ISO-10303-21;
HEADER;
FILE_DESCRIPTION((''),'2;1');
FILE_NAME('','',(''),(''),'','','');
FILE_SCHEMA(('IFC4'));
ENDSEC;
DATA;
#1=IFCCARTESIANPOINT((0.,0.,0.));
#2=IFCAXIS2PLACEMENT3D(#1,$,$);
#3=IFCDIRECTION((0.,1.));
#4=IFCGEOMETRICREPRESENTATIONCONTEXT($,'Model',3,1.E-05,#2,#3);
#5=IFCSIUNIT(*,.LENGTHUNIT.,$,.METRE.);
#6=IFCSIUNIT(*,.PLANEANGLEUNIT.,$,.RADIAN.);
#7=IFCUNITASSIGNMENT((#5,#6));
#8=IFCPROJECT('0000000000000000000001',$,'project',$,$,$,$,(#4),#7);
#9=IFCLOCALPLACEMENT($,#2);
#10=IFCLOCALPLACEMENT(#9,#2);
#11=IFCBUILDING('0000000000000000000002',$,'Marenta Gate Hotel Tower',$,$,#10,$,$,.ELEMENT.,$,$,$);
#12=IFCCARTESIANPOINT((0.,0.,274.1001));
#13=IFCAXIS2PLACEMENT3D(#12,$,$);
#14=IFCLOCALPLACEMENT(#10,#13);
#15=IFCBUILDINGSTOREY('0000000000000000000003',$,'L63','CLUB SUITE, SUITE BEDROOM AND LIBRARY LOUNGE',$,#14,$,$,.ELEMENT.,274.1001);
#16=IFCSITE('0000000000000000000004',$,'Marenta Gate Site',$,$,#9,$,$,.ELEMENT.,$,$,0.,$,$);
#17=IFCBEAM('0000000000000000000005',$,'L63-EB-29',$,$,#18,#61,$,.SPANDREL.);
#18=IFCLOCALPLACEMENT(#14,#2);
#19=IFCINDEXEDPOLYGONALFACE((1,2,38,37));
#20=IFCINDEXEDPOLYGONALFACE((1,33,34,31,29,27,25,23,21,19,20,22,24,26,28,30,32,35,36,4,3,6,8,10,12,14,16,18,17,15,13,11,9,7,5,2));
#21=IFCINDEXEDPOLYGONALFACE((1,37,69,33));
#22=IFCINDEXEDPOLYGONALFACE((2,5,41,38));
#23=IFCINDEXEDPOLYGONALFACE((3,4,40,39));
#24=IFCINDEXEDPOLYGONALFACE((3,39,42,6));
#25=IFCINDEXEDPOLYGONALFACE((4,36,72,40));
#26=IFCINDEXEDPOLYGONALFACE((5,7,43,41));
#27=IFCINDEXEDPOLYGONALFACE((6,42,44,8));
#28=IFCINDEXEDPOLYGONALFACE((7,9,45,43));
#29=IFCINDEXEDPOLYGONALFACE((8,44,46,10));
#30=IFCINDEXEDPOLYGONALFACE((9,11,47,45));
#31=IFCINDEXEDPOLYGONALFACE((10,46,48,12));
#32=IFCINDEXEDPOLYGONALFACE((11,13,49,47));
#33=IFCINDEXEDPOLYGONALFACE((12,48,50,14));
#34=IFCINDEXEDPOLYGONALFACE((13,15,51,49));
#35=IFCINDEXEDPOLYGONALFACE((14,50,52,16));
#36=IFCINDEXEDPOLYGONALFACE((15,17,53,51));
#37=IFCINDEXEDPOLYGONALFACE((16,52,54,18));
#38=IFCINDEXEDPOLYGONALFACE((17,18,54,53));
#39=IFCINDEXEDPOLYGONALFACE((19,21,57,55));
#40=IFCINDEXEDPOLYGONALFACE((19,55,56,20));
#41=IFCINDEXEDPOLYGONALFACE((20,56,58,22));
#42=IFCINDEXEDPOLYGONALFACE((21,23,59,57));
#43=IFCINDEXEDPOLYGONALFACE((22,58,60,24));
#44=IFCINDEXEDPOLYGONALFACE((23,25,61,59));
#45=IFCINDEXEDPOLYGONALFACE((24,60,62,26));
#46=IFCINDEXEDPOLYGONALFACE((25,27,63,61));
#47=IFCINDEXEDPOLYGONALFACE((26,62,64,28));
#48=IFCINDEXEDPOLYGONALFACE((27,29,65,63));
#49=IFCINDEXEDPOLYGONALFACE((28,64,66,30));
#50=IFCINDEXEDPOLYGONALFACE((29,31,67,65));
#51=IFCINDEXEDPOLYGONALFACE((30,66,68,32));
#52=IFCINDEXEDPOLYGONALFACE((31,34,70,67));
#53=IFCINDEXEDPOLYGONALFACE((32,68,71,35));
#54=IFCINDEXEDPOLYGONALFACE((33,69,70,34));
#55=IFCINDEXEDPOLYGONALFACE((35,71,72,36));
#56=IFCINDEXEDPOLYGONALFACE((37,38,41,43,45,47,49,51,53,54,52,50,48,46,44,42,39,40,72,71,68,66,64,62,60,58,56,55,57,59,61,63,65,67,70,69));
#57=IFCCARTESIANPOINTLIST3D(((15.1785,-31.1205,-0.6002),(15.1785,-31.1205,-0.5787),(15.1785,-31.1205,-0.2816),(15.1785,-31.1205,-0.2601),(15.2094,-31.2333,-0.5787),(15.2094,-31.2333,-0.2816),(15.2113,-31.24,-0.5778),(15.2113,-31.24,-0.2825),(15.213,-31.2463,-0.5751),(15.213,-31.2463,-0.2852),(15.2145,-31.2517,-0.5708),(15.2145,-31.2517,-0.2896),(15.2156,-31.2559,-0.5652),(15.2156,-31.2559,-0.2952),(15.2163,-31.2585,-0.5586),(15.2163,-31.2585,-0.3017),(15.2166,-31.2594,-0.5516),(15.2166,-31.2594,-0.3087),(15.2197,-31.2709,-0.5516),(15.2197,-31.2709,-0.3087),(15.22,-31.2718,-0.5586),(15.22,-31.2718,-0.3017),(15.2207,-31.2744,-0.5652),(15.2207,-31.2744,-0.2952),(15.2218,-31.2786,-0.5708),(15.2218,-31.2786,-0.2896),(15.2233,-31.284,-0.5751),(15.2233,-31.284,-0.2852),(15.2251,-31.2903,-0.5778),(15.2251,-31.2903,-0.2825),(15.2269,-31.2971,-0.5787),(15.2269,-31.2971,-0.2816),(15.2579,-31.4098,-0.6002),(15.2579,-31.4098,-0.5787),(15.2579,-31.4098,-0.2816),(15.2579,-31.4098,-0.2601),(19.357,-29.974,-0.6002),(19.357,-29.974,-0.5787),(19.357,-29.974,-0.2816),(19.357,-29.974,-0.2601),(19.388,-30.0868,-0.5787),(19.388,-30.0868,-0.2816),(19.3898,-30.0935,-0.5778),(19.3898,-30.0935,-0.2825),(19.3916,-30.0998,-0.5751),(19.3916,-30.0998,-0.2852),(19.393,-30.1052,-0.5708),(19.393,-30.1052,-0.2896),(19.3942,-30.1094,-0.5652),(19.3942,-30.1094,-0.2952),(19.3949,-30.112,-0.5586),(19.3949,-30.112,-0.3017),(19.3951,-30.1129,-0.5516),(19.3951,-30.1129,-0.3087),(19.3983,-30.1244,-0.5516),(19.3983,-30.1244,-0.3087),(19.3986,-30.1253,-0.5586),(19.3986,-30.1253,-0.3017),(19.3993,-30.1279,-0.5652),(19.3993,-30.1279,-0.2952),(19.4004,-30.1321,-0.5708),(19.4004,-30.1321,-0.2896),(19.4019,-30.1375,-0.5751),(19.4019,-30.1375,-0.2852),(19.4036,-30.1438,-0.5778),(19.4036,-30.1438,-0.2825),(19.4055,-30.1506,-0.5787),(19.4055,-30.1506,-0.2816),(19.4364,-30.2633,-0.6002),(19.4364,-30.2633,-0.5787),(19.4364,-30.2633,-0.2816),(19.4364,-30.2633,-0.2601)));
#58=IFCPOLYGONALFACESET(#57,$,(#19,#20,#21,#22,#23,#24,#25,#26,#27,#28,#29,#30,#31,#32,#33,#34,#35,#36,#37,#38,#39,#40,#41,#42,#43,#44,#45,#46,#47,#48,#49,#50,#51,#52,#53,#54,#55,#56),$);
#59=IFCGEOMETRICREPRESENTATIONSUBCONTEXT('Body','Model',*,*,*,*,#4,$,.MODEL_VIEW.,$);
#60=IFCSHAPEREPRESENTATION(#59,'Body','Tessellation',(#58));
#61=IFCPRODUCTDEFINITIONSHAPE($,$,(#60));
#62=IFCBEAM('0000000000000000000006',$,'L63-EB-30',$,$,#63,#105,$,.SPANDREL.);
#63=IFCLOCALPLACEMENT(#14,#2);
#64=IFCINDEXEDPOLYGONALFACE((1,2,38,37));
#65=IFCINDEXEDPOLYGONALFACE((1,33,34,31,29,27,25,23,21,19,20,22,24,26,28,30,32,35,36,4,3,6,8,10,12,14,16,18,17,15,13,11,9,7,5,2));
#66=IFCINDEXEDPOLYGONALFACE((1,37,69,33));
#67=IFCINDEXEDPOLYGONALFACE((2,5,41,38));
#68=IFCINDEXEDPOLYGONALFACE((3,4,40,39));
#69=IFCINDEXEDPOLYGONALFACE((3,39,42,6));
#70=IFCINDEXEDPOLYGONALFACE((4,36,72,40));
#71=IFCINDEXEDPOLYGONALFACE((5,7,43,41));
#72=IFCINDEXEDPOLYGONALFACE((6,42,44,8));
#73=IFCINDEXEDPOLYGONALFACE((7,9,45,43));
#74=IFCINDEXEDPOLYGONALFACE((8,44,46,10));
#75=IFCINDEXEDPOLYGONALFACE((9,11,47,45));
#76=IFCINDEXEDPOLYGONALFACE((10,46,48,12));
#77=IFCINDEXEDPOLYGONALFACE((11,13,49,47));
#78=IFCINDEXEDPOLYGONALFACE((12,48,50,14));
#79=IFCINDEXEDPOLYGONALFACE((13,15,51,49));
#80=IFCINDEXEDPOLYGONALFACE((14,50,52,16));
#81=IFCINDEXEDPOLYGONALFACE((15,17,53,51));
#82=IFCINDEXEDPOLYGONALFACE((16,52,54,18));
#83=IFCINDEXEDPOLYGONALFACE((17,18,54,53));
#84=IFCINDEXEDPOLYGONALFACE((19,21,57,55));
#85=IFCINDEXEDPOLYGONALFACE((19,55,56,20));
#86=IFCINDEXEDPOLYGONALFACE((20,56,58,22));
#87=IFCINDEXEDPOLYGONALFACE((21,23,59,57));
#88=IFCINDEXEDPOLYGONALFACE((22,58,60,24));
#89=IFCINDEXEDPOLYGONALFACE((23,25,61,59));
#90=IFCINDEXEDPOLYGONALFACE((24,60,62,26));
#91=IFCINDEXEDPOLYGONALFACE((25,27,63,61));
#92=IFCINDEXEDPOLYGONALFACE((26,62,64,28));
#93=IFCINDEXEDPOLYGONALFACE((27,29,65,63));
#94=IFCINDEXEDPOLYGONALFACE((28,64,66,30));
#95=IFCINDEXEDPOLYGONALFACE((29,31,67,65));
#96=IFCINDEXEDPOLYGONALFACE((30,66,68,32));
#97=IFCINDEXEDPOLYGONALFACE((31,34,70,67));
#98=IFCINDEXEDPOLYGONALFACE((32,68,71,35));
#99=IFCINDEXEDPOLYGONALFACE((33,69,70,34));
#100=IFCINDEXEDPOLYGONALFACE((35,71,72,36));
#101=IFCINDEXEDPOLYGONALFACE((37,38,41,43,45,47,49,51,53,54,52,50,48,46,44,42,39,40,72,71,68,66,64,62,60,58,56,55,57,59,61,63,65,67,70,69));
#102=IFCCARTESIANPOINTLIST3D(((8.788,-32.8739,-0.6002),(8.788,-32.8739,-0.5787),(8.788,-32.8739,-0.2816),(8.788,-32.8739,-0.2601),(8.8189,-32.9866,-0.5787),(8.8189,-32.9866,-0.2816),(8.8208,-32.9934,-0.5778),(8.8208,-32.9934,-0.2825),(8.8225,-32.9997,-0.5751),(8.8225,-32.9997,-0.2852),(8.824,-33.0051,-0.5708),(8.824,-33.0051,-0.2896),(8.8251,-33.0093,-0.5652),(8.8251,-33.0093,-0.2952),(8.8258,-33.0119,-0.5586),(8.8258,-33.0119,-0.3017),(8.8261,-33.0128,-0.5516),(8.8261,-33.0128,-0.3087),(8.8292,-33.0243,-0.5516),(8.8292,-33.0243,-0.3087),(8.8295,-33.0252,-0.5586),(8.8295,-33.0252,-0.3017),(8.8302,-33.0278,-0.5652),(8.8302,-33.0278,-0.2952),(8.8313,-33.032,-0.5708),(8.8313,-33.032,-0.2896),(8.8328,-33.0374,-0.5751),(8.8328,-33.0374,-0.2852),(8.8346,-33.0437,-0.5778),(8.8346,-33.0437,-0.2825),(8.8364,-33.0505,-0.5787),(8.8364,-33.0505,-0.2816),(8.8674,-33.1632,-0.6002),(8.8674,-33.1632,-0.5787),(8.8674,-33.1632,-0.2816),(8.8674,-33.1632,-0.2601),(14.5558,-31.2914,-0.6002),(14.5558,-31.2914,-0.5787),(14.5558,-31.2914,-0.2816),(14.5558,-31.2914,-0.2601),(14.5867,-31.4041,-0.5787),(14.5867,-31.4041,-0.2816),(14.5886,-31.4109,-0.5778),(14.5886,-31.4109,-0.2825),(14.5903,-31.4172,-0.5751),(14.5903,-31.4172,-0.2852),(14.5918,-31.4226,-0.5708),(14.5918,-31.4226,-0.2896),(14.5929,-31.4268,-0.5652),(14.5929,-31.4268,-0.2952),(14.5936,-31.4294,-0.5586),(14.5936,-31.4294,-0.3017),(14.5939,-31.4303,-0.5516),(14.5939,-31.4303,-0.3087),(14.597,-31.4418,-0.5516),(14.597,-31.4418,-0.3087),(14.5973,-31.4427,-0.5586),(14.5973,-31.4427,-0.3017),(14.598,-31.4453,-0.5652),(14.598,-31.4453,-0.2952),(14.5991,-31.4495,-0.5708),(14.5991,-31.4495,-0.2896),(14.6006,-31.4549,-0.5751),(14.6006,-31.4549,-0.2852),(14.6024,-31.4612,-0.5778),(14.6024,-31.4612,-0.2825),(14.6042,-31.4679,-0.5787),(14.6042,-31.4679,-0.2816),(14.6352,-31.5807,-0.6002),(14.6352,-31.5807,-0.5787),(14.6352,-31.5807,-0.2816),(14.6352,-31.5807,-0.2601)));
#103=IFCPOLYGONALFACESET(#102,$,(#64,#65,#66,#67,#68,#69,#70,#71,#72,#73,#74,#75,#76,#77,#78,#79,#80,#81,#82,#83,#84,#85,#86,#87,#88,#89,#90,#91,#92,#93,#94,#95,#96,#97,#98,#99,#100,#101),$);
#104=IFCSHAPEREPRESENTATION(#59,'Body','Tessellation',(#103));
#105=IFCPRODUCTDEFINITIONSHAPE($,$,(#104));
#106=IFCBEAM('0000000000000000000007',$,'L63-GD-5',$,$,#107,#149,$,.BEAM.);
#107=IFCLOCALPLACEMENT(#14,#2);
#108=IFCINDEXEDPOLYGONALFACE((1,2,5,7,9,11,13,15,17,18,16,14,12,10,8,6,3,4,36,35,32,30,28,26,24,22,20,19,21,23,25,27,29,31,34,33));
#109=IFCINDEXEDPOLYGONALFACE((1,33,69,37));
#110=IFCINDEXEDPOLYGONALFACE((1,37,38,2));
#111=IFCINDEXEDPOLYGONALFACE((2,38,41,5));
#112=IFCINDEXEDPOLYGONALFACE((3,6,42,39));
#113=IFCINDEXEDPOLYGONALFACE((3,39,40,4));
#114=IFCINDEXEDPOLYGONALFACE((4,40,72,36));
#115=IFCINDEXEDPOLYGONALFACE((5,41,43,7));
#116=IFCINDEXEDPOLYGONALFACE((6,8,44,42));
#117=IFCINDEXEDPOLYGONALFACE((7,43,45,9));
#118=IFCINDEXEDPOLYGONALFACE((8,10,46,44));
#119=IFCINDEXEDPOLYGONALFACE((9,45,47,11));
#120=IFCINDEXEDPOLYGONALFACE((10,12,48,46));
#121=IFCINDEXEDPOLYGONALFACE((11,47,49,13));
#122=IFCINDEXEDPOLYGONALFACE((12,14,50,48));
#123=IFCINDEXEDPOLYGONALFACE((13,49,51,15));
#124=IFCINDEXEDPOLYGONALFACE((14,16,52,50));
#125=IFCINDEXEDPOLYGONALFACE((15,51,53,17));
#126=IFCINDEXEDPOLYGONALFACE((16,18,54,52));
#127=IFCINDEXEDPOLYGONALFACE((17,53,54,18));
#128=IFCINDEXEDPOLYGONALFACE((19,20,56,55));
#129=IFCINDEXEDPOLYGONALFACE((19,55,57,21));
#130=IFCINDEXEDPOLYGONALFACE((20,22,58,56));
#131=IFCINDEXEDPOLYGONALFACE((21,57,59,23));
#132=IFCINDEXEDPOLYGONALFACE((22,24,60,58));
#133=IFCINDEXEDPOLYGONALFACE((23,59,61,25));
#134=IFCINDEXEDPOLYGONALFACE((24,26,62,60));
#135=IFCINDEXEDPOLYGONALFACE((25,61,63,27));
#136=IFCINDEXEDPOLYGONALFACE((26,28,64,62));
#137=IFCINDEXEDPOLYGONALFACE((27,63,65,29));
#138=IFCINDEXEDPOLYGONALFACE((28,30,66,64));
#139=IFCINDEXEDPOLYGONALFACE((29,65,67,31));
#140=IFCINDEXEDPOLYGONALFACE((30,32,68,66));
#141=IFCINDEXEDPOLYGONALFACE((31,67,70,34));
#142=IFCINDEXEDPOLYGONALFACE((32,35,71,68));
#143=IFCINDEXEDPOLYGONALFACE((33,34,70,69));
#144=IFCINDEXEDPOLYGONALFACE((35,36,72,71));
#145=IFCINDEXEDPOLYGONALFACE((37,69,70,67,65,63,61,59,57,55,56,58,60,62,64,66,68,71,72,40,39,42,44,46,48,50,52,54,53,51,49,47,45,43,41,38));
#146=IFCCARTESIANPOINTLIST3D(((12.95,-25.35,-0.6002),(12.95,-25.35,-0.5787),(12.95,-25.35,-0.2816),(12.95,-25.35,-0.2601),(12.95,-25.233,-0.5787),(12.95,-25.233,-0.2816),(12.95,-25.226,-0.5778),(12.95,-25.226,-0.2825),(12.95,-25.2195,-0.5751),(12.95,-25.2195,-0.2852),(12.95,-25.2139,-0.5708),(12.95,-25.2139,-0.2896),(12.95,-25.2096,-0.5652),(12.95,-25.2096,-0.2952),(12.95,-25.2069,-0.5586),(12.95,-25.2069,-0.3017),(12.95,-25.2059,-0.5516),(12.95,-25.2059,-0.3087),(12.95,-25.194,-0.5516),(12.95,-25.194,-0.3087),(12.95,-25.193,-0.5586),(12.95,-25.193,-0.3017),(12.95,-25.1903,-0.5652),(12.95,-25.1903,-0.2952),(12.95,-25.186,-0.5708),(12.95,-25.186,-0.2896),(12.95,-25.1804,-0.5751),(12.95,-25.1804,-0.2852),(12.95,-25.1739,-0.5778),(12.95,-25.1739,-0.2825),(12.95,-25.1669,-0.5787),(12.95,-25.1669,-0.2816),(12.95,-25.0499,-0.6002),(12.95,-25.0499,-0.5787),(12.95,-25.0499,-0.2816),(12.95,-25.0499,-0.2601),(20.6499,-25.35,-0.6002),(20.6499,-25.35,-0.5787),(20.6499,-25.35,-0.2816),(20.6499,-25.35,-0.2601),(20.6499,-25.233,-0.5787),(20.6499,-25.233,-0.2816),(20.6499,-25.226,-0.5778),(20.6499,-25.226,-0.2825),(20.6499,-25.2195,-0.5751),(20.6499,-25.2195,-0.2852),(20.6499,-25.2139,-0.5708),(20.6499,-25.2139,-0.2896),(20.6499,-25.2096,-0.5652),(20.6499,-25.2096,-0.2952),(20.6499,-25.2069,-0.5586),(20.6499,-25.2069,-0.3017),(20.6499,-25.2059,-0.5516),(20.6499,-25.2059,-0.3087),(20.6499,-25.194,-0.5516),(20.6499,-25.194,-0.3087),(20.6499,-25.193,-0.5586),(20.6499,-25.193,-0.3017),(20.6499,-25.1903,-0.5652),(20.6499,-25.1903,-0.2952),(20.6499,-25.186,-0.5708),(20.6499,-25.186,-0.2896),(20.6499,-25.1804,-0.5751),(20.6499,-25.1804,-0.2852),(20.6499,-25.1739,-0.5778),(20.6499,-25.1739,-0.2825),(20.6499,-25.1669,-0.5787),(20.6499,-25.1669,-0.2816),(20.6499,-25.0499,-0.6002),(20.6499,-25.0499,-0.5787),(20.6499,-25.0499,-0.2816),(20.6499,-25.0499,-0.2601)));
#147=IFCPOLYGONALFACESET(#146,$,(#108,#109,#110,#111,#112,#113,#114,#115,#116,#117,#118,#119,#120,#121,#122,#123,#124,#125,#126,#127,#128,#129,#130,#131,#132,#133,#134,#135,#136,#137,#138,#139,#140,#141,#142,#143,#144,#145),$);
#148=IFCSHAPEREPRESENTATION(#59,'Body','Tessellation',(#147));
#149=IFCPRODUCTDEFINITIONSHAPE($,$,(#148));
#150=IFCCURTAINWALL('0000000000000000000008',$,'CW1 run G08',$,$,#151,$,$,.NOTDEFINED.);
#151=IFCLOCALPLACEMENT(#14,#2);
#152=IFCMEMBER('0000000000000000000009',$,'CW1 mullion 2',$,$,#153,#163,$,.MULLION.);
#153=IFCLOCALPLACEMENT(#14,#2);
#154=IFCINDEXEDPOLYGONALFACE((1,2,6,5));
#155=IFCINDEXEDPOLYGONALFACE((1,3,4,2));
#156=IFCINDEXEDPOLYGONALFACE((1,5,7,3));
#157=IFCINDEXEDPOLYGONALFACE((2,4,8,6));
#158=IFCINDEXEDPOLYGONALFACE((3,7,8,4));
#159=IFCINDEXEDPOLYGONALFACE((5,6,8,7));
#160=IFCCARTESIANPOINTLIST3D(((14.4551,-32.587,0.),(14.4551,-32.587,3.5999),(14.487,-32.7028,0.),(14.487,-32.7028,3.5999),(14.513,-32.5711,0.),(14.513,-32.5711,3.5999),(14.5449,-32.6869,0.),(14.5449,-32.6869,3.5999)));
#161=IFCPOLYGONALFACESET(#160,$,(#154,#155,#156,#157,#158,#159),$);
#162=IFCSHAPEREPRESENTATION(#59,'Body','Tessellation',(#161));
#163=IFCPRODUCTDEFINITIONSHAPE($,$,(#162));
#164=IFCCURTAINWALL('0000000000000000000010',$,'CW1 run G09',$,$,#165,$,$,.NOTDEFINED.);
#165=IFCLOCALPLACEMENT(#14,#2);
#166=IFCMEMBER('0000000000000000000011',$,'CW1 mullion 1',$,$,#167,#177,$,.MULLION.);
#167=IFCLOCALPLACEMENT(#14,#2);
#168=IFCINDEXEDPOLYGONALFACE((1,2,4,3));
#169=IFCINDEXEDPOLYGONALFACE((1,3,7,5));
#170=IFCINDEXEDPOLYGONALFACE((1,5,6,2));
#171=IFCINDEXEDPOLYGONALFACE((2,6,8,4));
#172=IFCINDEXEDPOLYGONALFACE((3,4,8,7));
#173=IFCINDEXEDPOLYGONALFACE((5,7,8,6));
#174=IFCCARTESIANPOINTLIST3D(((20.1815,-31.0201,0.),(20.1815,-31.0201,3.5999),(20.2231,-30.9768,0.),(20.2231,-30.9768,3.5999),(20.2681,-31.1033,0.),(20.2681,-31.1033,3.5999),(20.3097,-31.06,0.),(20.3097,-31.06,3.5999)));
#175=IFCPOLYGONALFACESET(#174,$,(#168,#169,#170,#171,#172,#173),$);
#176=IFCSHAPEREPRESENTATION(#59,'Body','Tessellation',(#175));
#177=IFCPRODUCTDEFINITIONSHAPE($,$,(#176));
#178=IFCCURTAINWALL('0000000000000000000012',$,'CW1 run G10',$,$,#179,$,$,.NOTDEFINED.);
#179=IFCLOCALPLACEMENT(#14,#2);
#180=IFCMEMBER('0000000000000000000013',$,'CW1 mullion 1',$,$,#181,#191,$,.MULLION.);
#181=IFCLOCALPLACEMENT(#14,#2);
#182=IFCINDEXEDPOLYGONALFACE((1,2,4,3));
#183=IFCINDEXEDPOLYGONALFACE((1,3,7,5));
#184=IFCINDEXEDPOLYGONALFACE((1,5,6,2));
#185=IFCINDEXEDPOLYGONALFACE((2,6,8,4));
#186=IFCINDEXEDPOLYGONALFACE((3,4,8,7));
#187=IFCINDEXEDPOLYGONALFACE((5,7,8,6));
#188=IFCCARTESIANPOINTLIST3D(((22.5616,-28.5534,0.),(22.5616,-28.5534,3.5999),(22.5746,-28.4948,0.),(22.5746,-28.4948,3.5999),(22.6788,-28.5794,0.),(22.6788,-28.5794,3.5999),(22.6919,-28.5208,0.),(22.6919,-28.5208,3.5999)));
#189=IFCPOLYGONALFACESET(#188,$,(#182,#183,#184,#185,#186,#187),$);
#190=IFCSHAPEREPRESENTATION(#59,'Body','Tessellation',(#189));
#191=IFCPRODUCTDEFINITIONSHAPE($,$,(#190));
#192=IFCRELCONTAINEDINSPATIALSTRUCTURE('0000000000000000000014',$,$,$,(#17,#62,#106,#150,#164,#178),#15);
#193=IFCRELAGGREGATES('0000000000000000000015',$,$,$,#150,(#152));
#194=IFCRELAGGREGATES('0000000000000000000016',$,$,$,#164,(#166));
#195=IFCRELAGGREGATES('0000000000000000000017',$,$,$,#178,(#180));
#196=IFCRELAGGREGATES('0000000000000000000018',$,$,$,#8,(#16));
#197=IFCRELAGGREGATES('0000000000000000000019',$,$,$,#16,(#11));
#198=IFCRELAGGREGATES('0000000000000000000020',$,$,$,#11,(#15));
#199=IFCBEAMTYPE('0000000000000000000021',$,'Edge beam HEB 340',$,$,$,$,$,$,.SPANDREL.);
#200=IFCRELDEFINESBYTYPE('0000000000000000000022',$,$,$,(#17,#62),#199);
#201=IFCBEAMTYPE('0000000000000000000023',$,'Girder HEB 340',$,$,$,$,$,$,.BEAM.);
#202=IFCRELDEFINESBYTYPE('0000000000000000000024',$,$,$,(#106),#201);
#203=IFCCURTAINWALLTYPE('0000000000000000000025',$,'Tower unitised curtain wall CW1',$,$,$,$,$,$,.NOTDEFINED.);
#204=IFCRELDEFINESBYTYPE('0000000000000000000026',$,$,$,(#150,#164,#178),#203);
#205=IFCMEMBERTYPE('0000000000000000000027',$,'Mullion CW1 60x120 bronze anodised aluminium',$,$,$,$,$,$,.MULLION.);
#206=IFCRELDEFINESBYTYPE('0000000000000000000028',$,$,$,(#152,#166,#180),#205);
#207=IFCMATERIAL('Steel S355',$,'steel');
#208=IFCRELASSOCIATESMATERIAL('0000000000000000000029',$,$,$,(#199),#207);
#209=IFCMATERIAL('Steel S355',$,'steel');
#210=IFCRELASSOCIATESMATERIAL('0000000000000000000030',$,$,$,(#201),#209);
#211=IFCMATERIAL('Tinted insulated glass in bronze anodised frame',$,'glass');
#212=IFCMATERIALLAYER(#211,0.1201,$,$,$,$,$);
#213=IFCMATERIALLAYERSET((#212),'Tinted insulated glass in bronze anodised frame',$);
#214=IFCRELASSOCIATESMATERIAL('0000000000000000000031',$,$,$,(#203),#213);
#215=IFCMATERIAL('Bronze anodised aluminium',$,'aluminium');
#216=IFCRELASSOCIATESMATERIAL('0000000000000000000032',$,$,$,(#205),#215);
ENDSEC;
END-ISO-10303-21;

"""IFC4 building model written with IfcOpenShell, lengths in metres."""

from ifc_helpers import new_model, si_unit, direction, frame, origin, origin_2d, place, context, subcontext, project, spatial, rectangle, i_section, extrude, material, layer, layer_set, material_profile, profile_set, type_object, element, aggregate, save


model = new_model("IFC4")

# Units and contexts
model_context = context("Model", 3, precision=1e-05, world=origin(), true_north=direction((0.0, 1.0)))
body_context = subcontext(model_context, "Body", "Model", "MODEL_VIEW")
ifc_project = project(units=[si_unit("LENGTHUNIT", "METRE"), si_unit("PLANEANGLEUNIT", "RADIAN")], contexts=[model_context])

# Site, building, storey
site_placement = place(None, origin())
site = spatial("IfcSite", under=ifc_project, at=site_placement, Name="Marenta Gate Site", CompositionType="ELEMENT", RefElevation=0.0)
building_placement = place(site_placement, origin())
building = spatial("IfcBuilding", under=site, at=building_placement, Name="Marenta Gate Hotel Tower", CompositionType="ELEMENT")
storey_placement = place(building_placement, frame((0.0, 0.0, 274.1001)))
storey = spatial("IfcBuildingStorey", under=building, at=storey_placement, Name="L63", Description="CLUB SUITE, SUITE BEDROOM AND LIBRARY LOUNGE", CompositionType="ELEMENT", Elevation=274.1001)

# Beams
ifc_material_1 = material(Name="Steel S355", Category="steel")
ifc_material_profile_1 = material_profile(ifc_material_1, i_section(OverallWidth=0.3, OverallDepth=0.3401, WebThickness=0.012, FlangeThickness=0.0215, FilletRadius=0.0271, at=origin_2d()), Name="HEB 340")
ifc_profile_set_1 = profile_set([ifc_material_profile_1], Name="Steel S355")
beam_type_1 = type_object("IfcBeamType", Name="Edge beam HEB 340", PredefinedType="SPANDREL", material=ifc_profile_set_1)
beam_1_placement = place(storey_placement, frame((19.3967, -30.1187, -0.4302), z_axis=(-0.964358, -0.2646, 0.0), x_axis=(0.2646, -0.964358, 0.0)))
element("IfcBeam", 1, at=beam_1_placement, inside=storey, type_object=beam_type_1, Name="L63-EB-29", PredefinedType="SPANDREL", context=body_context, shape_type="SweptSolid", body=[
    extrude(i_section(OverallWidth=0.3, OverallDepth=0.3401, WebThickness=0.012, FlangeThickness=0.0215, FilletRadius=0.0271, at=origin_2d()), origin(), (0.0, 0.0, 1.0), 4.333),
])
beam_2_placement = place(storey_placement, frame((14.5955, -31.436, -0.4302), z_axis=(-0.96436, -0.264592, 0.0), x_axis=(0.264592, -0.96436, 0.0)))
element("IfcBeam", 2, at=beam_2_placement, inside=storey, type_object=beam_type_1, Name="L63-EB-30", PredefinedType="SPANDREL", context=body_context, shape_type="SweptSolid", body=[
    extrude(i_section(OverallWidth=0.3, OverallDepth=0.3401, WebThickness=0.012, FlangeThickness=0.0215, FilletRadius=0.0271, at=origin_2d()), origin(), (0.0, 0.0, 1.0), 5.981),
])
ifc_material_2 = material(Name="Steel S355", Category="steel")
ifc_material_profile_2 = material_profile(ifc_material_2, i_section(OverallWidth=0.3, OverallDepth=0.3401, WebThickness=0.012, FlangeThickness=0.0215, FilletRadius=0.0271, at=origin_2d()), Name="HEB 340")
ifc_profile_set_2 = profile_set([ifc_material_profile_2], Name="Steel S355")
beam_type_2 = type_object("IfcBeamType", Name="Girder HEB 340", PredefinedType="BEAM", material=ifc_profile_set_2)
beam_3_placement = place(storey_placement, frame((12.95, -25.2, -0.4302), z_axis=(1.0, 0.0, 0.0), x_axis=(0.0, 1.0, 0.0)))
element("IfcBeam", 3, at=beam_3_placement, inside=storey, type_object=beam_type_2, Name="L63-GD-5", PredefinedType="BEAM", context=body_context, shape_type="SweptSolid", body=[
    extrude(i_section(OverallWidth=0.3, OverallDepth=0.3401, WebThickness=0.012, FlangeThickness=0.0215, FilletRadius=0.0271, at=origin_2d()), origin(), (0.0, 0.0, 1.0), 7.7),
])

# Curtain walls, members
ifc_material_3 = material(Name="Tinted insulated glass in bronze anodised frame", Category="glass")
ifc_layer_1 = layer(ifc_material_3, 0.1201)
ifc_layer_set_1 = layer_set([ifc_layer_1], Name="Tinted insulated glass in bronze anodised frame")
curtain_wall_type = type_object("IfcCurtainWallType", Name="Tower unitised curtain wall CW1", PredefinedType="NOTDEFINED", material=ifc_layer_set_1)
curtain_wall_1_placement = place(storey_placement, origin())
curtain_wall_1 = element("IfcCurtainWall", 4, at=curtain_wall_1_placement, inside=storey, type_object=curtain_wall_type, Name="CW1 run G08", PredefinedType="NOTDEFINED")
ifc_material_4 = material(Name="Bronze anodised aluminium", Category="aluminium")
ifc_material_profile_3 = material_profile(ifc_material_4, rectangle(XDim=0.1201, YDim=0.0601, at=origin_2d()), Name="Mullion CW1 60x120 bronze anodised aluminium")
ifc_profile_set_3 = profile_set([ifc_material_profile_3], Name="Bronze anodised aluminium")
member_type_1 = type_object("IfcMemberType", Name="Mullion CW1 60x120 bronze anodised aluminium", PredefinedType="MULLION", material=ifc_profile_set_3)
member_1_placement = place(storey_placement, frame((14.5, -32.637, 0.0), z_axis=(0.0, 0.0, 1.0), x_axis=(-0.265292, 0.964168, 0.0)))
member_1 = element("IfcMember", 5, at=member_1_placement, type_object=member_type_1, Name="CW1 mullion 2", PredefinedType="MULLION", context=body_context, shape_type="SweptSolid", body=[
    extrude(rectangle(XDim=0.1201, YDim=0.0601, at=origin_2d()), origin(), (0.0, 0.0, 1.0), 3.5999),
])
curtain_wall_2_placement = place(storey_placement, origin())
curtain_wall_2 = element("IfcCurtainWall", 6, at=curtain_wall_2_placement, inside=storey, type_object=curtain_wall_type, Name="CW1 run G09", PredefinedType="NOTDEFINED")
member_2_placement = place(storey_placement, frame((20.2456, -31.04, 0.0), z_axis=(0.0, 0.0, 1.0), x_axis=(-0.721372, 0.692548, 0.0)))
member_2 = element("IfcMember", 7, at=member_2_placement, type_object=member_type_1, Name="CW1 mullion 1", PredefinedType="MULLION", context=body_context, shape_type="SweptSolid", body=[
    extrude(rectangle(XDim=0.1201, YDim=0.0601, at=origin_2d()), origin(), (0.0, 0.0, 1.0), 3.5999),
])
curtain_wall_3_placement = place(storey_placement, origin())
curtain_wall_3 = element("IfcCurtainWall", 8, at=curtain_wall_3_placement, inside=storey, type_object=curtain_wall_type, Name="CW1 run G10", PredefinedType="NOTDEFINED")
member_3_placement = place(storey_placement, frame((22.6267, -28.5371, 0.0), z_axis=(0.0, 0.0, 1.0), x_axis=(-0.976207, 0.216842, 0.0)))
member_3 = element("IfcMember", 9, at=member_3_placement, type_object=member_type_1, Name="CW1 mullion 1", PredefinedType="MULLION", context=body_context, shape_type="SweptSolid", body=[
    extrude(rectangle(XDim=0.1201, YDim=0.0601, at=origin_2d()), origin(), (0.0, 0.0, 1.0), 3.5999),
])

aggregate(curtain_wall_1, [member_1])
aggregate(curtain_wall_2, [member_2])
aggregate(curtain_wall_3, [member_3])

save(model, "model.ifc")
